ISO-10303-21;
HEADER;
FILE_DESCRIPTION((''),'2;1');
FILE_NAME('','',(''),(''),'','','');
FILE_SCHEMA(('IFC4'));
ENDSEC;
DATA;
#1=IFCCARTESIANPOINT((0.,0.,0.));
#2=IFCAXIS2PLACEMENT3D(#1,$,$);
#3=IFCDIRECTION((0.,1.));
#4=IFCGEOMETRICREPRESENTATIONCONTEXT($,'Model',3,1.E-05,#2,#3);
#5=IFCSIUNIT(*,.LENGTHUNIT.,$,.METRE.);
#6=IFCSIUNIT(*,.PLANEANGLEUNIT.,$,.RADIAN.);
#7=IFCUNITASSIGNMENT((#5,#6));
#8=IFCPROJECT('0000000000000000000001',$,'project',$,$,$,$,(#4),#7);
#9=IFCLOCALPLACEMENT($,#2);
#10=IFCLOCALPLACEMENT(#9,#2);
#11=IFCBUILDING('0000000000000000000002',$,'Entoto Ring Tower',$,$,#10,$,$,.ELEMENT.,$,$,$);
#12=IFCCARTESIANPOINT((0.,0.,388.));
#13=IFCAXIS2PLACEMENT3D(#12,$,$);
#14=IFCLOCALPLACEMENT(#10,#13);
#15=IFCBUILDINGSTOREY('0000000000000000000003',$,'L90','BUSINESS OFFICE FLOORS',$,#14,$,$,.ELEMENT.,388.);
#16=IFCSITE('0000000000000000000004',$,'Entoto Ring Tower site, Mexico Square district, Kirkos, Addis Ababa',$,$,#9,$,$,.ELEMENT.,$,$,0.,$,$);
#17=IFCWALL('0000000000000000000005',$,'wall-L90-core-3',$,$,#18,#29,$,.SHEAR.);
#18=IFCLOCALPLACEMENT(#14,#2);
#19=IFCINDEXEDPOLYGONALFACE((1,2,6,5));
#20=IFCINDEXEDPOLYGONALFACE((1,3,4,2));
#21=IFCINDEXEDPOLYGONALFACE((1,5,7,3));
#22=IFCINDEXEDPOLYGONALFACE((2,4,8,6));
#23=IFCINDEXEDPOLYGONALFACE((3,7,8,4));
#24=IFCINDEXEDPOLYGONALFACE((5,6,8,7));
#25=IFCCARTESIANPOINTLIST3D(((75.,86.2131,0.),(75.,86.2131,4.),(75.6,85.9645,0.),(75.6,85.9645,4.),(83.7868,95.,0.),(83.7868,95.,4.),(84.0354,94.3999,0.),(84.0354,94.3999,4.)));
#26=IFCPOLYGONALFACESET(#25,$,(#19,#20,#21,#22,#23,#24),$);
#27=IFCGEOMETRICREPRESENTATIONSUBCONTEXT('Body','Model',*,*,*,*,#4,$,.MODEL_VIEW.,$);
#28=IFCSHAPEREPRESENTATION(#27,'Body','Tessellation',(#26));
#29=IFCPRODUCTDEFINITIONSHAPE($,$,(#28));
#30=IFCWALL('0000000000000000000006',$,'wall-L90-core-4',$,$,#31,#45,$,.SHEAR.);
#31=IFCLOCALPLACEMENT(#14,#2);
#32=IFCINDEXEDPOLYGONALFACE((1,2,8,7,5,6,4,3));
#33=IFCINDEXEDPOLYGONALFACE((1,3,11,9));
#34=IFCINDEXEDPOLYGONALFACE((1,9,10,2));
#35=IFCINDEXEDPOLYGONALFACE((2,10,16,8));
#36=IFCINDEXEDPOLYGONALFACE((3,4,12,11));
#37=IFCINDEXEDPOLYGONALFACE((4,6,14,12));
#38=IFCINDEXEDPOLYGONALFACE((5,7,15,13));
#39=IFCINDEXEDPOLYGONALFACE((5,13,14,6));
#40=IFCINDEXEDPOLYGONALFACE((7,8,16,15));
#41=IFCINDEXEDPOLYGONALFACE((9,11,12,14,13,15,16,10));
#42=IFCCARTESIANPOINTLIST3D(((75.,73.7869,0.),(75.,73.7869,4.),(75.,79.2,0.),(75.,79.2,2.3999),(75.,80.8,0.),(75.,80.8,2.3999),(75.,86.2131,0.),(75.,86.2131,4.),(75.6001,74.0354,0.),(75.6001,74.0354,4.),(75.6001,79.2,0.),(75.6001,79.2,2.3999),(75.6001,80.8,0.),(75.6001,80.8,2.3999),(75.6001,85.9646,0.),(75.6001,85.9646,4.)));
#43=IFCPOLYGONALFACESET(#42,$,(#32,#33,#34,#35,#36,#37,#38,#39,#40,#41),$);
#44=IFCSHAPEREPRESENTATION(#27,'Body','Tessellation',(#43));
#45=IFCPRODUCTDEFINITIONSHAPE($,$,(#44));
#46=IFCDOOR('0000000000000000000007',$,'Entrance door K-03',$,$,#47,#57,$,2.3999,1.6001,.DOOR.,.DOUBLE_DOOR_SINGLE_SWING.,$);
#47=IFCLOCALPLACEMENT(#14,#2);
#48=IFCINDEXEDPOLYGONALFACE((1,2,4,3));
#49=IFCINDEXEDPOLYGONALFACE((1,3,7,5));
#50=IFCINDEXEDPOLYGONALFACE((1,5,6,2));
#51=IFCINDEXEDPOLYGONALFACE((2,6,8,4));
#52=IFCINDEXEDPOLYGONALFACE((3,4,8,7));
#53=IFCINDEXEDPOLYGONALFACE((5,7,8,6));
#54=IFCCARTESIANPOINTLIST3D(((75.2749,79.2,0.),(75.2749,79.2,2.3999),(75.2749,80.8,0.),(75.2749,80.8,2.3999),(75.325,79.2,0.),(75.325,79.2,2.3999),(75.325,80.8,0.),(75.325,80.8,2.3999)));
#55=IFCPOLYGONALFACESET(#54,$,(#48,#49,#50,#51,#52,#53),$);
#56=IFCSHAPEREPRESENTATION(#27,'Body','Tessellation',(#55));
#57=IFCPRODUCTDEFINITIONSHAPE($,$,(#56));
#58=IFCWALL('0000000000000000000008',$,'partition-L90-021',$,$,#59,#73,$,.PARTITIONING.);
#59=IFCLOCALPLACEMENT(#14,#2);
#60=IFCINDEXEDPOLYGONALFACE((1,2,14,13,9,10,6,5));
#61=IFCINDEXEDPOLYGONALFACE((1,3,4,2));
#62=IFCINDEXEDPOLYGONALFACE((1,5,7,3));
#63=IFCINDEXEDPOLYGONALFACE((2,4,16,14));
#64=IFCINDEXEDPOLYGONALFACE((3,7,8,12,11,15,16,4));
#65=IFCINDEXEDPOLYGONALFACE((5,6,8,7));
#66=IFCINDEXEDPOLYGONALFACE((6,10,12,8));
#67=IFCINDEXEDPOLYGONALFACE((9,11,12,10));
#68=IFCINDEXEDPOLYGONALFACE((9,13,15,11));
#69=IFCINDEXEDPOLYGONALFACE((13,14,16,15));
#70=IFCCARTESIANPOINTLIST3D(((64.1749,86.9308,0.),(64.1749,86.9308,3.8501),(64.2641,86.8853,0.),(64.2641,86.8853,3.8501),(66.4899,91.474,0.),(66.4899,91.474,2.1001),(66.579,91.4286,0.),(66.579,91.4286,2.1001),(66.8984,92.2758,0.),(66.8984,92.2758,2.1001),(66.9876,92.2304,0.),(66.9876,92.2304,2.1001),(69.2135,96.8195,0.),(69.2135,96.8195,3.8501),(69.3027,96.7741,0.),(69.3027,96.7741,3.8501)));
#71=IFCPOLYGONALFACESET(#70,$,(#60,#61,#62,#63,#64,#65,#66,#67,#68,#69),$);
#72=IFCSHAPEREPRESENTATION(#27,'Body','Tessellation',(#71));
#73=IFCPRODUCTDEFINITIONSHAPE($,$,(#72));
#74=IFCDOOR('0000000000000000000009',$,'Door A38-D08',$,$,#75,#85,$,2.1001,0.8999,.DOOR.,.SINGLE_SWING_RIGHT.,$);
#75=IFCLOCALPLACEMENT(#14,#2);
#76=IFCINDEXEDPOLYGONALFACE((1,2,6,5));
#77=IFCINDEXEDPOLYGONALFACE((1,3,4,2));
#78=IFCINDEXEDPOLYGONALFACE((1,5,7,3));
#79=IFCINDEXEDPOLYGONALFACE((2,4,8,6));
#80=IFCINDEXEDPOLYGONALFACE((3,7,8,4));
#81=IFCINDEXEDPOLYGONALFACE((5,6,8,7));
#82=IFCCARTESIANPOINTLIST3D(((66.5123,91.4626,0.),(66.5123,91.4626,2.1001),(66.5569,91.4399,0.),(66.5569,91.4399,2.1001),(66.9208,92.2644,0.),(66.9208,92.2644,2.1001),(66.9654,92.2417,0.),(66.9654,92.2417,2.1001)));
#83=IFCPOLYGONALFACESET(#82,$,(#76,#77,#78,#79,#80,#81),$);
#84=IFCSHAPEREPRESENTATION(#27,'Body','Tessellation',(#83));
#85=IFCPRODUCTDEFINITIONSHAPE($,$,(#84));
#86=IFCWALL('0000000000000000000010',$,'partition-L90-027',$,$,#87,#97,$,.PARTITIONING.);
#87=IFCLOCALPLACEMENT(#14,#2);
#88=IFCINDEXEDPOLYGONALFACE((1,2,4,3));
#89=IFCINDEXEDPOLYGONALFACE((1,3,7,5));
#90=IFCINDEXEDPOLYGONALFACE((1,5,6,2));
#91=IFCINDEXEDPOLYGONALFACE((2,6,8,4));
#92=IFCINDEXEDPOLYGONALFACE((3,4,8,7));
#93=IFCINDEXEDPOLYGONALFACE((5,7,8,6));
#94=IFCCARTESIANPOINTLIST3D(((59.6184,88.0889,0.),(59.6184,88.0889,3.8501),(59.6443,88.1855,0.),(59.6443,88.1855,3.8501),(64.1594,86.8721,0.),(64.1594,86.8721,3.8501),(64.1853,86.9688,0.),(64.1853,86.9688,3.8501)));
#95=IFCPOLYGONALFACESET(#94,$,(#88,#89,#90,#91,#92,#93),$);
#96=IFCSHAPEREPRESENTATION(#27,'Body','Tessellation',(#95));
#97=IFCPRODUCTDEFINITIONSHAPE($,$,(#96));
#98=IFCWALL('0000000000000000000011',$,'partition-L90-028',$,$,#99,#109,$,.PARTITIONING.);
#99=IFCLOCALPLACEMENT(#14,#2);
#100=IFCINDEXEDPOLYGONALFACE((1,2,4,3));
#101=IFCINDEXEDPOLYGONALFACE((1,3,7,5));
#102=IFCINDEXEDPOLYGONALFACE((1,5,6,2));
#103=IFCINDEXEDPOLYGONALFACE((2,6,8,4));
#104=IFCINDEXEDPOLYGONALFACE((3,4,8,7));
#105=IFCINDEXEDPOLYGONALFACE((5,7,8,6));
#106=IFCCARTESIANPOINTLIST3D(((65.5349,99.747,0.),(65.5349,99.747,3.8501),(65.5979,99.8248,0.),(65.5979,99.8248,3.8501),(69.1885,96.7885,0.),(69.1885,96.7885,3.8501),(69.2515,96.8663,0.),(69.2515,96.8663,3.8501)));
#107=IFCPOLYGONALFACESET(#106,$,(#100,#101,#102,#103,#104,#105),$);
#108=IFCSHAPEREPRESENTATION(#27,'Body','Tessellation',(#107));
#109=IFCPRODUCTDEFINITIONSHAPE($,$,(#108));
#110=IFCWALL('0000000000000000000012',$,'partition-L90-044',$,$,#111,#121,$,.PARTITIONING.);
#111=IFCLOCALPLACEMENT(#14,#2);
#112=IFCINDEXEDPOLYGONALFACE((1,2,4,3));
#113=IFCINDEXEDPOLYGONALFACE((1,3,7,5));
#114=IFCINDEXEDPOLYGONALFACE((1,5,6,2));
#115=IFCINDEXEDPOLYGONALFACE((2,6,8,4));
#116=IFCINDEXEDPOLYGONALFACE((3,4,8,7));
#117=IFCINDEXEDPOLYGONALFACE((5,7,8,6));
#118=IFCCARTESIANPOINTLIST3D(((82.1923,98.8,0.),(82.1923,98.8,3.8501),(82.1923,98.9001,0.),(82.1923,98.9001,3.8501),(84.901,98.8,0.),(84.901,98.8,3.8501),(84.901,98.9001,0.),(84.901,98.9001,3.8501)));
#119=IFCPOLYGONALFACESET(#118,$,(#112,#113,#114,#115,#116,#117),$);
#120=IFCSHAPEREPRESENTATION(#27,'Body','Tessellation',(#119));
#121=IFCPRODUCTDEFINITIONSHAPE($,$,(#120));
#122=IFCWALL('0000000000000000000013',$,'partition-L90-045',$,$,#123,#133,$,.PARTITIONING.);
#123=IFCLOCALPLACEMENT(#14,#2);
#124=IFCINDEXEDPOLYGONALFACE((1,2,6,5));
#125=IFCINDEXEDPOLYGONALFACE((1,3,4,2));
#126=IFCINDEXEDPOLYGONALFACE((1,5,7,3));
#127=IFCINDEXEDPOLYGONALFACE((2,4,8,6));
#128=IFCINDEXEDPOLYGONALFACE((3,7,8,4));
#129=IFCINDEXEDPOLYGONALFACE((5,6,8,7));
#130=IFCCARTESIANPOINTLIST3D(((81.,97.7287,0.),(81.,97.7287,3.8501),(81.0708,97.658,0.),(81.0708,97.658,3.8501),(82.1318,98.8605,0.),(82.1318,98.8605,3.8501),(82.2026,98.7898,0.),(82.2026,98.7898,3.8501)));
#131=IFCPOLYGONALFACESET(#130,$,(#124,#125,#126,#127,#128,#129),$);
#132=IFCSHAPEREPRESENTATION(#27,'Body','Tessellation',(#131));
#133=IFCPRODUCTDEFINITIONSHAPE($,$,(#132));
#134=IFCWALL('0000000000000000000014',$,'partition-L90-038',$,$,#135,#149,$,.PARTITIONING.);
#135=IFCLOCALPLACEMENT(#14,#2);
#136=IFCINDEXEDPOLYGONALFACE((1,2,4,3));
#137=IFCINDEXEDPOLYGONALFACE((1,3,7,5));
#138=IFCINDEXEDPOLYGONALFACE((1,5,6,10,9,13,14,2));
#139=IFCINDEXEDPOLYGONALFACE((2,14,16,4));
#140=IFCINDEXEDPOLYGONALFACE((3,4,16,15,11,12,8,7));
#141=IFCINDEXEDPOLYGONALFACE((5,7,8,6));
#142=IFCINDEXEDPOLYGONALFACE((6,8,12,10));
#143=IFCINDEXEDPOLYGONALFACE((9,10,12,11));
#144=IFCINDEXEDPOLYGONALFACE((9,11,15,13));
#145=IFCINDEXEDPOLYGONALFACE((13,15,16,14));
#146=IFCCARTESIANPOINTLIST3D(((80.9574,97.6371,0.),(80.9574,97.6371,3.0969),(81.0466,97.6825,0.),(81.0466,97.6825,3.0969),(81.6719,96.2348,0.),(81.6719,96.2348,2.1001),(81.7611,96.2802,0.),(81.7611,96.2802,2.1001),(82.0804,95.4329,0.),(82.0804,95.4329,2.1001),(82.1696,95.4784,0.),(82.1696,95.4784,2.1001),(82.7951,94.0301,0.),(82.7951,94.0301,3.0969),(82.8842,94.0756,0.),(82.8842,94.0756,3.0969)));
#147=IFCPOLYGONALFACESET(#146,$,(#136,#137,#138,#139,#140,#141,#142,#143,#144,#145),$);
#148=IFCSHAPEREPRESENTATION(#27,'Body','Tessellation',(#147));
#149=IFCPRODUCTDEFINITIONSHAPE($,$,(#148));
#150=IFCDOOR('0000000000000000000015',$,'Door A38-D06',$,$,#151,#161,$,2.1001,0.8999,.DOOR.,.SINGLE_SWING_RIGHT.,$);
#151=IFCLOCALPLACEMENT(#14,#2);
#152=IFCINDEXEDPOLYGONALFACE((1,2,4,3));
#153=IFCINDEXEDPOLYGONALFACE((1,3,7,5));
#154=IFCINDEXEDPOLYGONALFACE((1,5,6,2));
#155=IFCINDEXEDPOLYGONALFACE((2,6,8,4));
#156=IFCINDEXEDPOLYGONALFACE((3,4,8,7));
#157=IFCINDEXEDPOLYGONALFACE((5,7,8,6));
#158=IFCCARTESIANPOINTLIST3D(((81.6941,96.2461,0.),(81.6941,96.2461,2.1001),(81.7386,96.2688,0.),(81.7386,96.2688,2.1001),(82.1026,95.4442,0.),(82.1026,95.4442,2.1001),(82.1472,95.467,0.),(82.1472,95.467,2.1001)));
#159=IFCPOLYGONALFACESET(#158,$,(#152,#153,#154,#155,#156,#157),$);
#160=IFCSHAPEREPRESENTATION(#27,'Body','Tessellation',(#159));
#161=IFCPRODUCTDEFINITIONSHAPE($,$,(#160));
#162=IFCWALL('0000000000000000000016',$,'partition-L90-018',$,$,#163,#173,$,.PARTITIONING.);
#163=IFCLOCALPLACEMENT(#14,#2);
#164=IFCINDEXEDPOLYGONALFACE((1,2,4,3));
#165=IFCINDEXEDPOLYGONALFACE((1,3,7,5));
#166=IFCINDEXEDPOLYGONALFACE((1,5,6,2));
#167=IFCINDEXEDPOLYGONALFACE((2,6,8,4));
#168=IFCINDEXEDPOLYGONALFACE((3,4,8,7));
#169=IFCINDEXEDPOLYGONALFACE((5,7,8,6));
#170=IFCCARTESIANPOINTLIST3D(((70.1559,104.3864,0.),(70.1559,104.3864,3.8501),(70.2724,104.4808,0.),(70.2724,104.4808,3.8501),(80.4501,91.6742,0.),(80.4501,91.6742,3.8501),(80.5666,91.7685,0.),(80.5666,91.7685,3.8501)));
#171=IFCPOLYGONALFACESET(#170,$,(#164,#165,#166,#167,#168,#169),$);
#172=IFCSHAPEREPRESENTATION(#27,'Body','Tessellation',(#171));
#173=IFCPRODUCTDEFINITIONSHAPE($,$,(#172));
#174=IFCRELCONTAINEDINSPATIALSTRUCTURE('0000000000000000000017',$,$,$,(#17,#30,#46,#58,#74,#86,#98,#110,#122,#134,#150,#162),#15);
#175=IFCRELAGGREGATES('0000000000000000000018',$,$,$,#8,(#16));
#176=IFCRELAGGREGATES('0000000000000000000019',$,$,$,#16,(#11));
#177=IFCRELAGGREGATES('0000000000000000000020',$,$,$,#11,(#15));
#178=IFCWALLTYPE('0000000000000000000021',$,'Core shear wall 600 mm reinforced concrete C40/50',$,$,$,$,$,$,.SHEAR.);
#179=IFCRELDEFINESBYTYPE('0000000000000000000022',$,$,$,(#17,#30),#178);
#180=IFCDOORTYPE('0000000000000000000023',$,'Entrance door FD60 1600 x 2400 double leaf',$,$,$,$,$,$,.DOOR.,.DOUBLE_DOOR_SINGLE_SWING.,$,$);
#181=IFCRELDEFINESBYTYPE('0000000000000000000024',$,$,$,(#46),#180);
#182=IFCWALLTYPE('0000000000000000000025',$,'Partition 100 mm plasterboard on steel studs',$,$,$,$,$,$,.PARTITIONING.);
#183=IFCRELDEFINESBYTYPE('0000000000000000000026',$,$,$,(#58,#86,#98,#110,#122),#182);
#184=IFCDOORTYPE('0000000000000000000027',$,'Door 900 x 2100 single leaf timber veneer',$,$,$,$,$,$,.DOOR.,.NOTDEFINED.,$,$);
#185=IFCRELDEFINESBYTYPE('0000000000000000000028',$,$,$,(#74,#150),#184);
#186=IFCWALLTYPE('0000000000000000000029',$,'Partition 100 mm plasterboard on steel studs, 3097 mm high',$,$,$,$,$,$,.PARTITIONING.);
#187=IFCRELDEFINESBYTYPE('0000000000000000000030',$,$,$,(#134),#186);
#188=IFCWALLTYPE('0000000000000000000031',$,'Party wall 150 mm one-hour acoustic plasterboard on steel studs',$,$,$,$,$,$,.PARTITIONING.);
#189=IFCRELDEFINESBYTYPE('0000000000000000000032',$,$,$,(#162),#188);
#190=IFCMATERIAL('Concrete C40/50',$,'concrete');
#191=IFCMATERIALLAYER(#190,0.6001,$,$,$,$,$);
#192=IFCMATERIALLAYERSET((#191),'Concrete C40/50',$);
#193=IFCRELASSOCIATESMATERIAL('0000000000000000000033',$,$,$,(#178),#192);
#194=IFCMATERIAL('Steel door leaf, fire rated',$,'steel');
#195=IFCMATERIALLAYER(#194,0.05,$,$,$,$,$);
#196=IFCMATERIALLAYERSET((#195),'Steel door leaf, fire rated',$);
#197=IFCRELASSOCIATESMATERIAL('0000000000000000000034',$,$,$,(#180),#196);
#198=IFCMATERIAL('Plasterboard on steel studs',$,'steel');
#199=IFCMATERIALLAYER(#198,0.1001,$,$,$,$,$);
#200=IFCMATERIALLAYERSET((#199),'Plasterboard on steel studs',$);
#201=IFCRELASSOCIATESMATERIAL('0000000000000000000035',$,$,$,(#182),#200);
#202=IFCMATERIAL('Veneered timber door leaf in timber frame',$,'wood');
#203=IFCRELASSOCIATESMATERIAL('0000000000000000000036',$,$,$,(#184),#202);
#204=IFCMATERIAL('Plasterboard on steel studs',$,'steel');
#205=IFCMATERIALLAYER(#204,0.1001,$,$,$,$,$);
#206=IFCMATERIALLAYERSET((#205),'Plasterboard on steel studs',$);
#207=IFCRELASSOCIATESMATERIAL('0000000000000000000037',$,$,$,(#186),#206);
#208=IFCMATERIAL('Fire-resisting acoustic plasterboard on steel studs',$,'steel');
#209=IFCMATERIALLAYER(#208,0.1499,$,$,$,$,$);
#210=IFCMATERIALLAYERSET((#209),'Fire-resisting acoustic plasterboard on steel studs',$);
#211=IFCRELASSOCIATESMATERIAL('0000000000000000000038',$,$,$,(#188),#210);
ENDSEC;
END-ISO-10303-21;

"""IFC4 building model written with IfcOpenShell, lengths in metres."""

from ifc_helpers import new_model, si_unit, direction, frame, frame_2d, origin, place, context, subcontext, project, spatial, polyline, rectangle, outline, extrude, material, layer, layer_set, type_object, element, fill, save


model = new_model("IFC4")

# Units and contexts
model_context = context("Model", 3, precision=1e-05, world=origin(), true_north=direction((0.0, 1.0)))
body_context = subcontext(model_context, "Body", "Model", "MODEL_VIEW")
ifc_project = project(units=[si_unit("LENGTHUNIT", "METRE"), si_unit("PLANEANGLEUNIT", "RADIAN")], contexts=[model_context])

# Site, building, storey
site_placement = place(None, origin())
site = spatial("IfcSite", under=ifc_project, at=site_placement, Name="Entoto Ring Tower site, Mexico Square district, Kirkos, Addis Ababa", CompositionType="ELEMENT", RefElevation=0.0)
building_placement = place(site_placement, origin())
building = spatial("IfcBuilding", under=site, at=building_placement, Name="Entoto Ring Tower", CompositionType="ELEMENT")
storey_placement = place(building_placement, frame((0.0, 0.0, 388.0)))
storey = spatial("IfcBuildingStorey", under=building, at=storey_placement, Name="L90", Description="BUSINESS OFFICE FLOORS", CompositionType="ELEMENT", Elevation=388.0)

# Wall
ifc_material_1 = material(Name="Concrete C40/50", Category="concrete")
ifc_layer_1 = layer(ifc_material_1, 0.6001)
ifc_layer_set_1 = layer_set([ifc_layer_1], Name="Concrete C40/50")
wall_type_1 = type_object("IfcWallType", Name="Core shear wall 600 mm reinforced concrete C40/50", PredefinedType="SHEAR", material=ifc_layer_set_1)
wall_1_placement = place(storey_placement, frame((83.9111, 94.7, 0.0), z_axis=(0.0, 0.0, 1.0), x_axis=(-0.707107, -0.707107, 0.0)))
element("IfcWall", 1, at=wall_1_placement, inside=storey, type_object=wall_type_1, Name="wall-L90-core-3", PredefinedType="SHEAR", context=body_context, shape_type="SweptSolid", body=[
    extrude(outline(polyline([(-0.1243, -0.3), (12.3022, -0.3), (12.0537, 0.3), (0.1243, 0.3), (-0.1243, -0.3)])), origin(), (0.0, 0.0, 1.0), 4.0),
])

# Walls, openings, doors
wall_2_placement = place(storey_placement, frame((75.3, 86.0889, 0.0), z_axis=(0.0, 0.0, 1.0), x_axis=(0.0, -1.0, 0.0)))
wall_2 = element("IfcWall", 2, at=wall_2_placement, inside=storey, type_object=wall_type_1, Name="wall-L90-core-4", PredefinedType="SHEAR", context=body_context, shape_type="SweptSolid", body=[
    extrude(outline(polyline([(-0.1243, -0.3), (12.302, -0.3), (12.0535, 0.3), (0.1243, 0.3), (-0.1243, -0.3)])), origin(), (0.0, 0.0, 1.0), 4.0),
])
opening_1_placement = place(wall_2_placement, frame((5.2888, 0.0, 0.0)))
opening_1 = element("IfcOpeningElement", 3, at=opening_1_placement, cuts=wall_2, PredefinedType="OPENING", context=body_context, shape_type="SweptSolid", body=[
    extrude(rectangle(XDim=1.6001, YDim=2.3999, at=frame_2d((0.8, 1.2))), frame((0.0, 0.3101, 0.0), z_axis=(0.0, -1.0, 0.0), x_axis=(1.0, 0.0, 0.0)), (0.0, 0.0, 1.0), 0.6201),
])
ifc_material_2 = material(Name="Steel door leaf, fire rated", Category="steel")
ifc_layer_2 = layer(ifc_material_2, 0.05)
ifc_layer_set_2 = layer_set([ifc_layer_2], Name="Steel door leaf, fire rated")
door_type_1 = type_object("IfcDoorType", Name="Entrance door FD60 1600 x 2400 double leaf", OperationType="DOUBLE_DOOR_SINGLE_SWING", PredefinedType="DOOR", material=ifc_layer_set_2)
door_1_placement = place(opening_1_placement, origin())
door_1 = element("IfcDoor", 4, at=door_1_placement, inside=storey, type_object=door_type_1, Name="Entrance door K-03", OperationType="DOUBLE_DOOR_SINGLE_SWING", OverallHeight=2.3999, OverallWidth=1.6001, PredefinedType="DOOR", context=body_context, shape_type="SweptSolid", body=[
    extrude(rectangle(XDim=1.6001, YDim=2.3999, at=frame_2d((0.8, 1.2))), frame((0.0, 0.0249, 0.0), z_axis=(0.0, -1.0, 0.0), x_axis=(1.0, 0.0, 0.0)), (0.0, 0.0, 1.0), 0.05),
])
fill(opening_1, door_1)
ifc_material_3 = material(Name="Plasterboard on steel studs", Category="steel")
ifc_layer_3 = layer(ifc_material_3, 0.1001)
ifc_layer_set_3 = layer_set([ifc_layer_3], Name="Plasterboard on steel studs")
wall_type_2 = type_object("IfcWallType", Name="Partition 100 mm plasterboard on steel studs", PredefinedType="PARTITIONING", material=ifc_layer_set_3)
wall_3_placement = place(storey_placement, frame((64.2195, 86.908, 0.0), z_axis=(0.0, 0.0, 1.0), x_axis=(0.453994, 0.891005, 0.0)))
wall_3 = element("IfcWall", 5, at=wall_3_placement, inside=storey, type_object=wall_type_2, Name="partition-L90-021", PredefinedType="PARTITIONING", context=body_context, shape_type="SweptSolid", body=[
    extrude(rectangle(XDim=11.0984, YDim=0.1001, at=frame_2d((5.5493, 0.0))), origin(), (0.0, 0.0, 1.0), 3.8501),
])
opening_2_placement = place(wall_3_placement, frame((5.0991, 0.0, 0.0)))
opening_2 = element("IfcOpeningElement", 6, at=opening_2_placement, cuts=wall_3, PredefinedType="OPENING", context=body_context, shape_type="SweptSolid", body=[
    extrude(rectangle(XDim=0.8999, YDim=2.1001, at=frame_2d((0.45, 1.05))), frame((0.0, 0.0601, 0.0), z_axis=(0.0, -1.0, 0.0), x_axis=(1.0, 0.0, 0.0)), (0.0, 0.0, 1.0), 0.1201),
])
ifc_material_4 = material(Name="Veneered timber door leaf in timber frame", Category="wood")
door_type_2 = type_object("IfcDoorType", Name="Door 900 x 2100 single leaf timber veneer", OperationType="NOTDEFINED", PredefinedType="DOOR", material=ifc_material_4)
door_2_placement = place(opening_2_placement, origin())
door_2 = element("IfcDoor", 7, at=door_2_placement, inside=storey, type_object=door_type_2, Name="Door A38-D08", OperationType="SINGLE_SWING_RIGHT", OverallHeight=2.1001, OverallWidth=0.8999, PredefinedType="DOOR", context=body_context, shape_type="SweptSolid", body=[
    extrude(rectangle(XDim=0.8999, YDim=2.1001, at=frame_2d((0.45, 1.05))), frame((0.0, 0.0249, 0.0), z_axis=(0.0, -1.0, 0.0), x_axis=(1.0, 0.0, 0.0)), (0.0, 0.0, 1.0), 0.05),
])
fill(opening_2, door_2)

# Walls
for number, where, z_axis, x_axis, name in (
    (8, (64.1724, 86.9204, 0.0), (0.0, 0.0, 1.0), (-0.965924, 0.258826, 0.0), "partition-L90-027"),
    (9, (69.22, 96.8274, 0.0), (0.0, 0.0, 1.0), (-0.777157, 0.629307, 0.0), "partition-L90-028"),
):
    element("IfcWall", number, at=place(storey_placement, frame(where, z_axis=z_axis, x_axis=x_axis)), inside=storey, type_object=wall_type_2, Name=name, PredefinedType="PARTITIONING", context=body_context, shape_type="SweptSolid", body=[
        extrude(rectangle(XDim=4.7012, YDim=0.1001, at=frame_2d((2.3506, 0.0))), origin(), (0.0, 0.0, 1.0), 3.8501),
    ])
wall_4_placement = place(storey_placement, frame((82.1921, 98.8501, 0.0), z_axis=(0.0, 0.0, 1.0), x_axis=(1.0, 0.0, 0.0)))
element("IfcWall", 10, at=wall_4_placement, inside=storey, type_object=wall_type_2, Name="partition-L90-044", PredefinedType="PARTITIONING", context=body_context, shape_type="SweptSolid", body=[
    extrude(rectangle(XDim=2.7087, YDim=0.1001, at=frame_2d((1.3545, 0.0))), origin(), (0.0, 0.0, 1.0), 3.8501),
])
wall_5_placement = place(storey_placement, frame((81.0354, 97.6934, 0.0), z_axis=(0.0, 0.0, 1.0), x_axis=(0.707107, 0.707107, 0.0)))
element("IfcWall", 11, at=wall_5_placement, inside=storey, type_object=wall_type_2, Name="partition-L90-045", PredefinedType="PARTITIONING", context=body_context, shape_type="SweptSolid", body=[
    extrude(rectangle(XDim=1.6006, YDim=0.1001, at=frame_2d((0.8003, 0.0))), origin(), (0.0, 0.0, 1.0), 3.8501),
])

# Wall, opening, door
ifc_material_5 = material(Name="Plasterboard on steel studs", Category="steel")
ifc_layer_4 = layer(ifc_material_5, 0.1001)
ifc_layer_set_4 = layer_set([ifc_layer_4], Name="Plasterboard on steel studs")
wall_type_3 = type_object("IfcWallType", Name="Partition 100 mm plasterboard on steel studs, 3097 mm high", PredefinedType="PARTITIONING", material=ifc_layer_set_4)
wall_6_placement = place(storey_placement, frame((82.8396, 94.053, 0.0), z_axis=(0.0, 0.0, 1.0), x_axis=(-0.453956, 0.891024, 0.0)))
wall_6 = element("IfcWall", 12, at=wall_6_placement, inside=storey, type_object=wall_type_3, Name="partition-L90-038", PredefinedType="PARTITIONING", context=body_context, shape_type="SweptSolid", body=[
    extrude(rectangle(XDim=4.0481, YDim=0.1001, at=frame_2d((2.0239, 0.0))), origin(), (0.0, 0.0, 1.0), 3.0969),
])
opening_3_placement = place(wall_6_placement, frame((1.5742, 0.0, 0.0)))
opening_3 = element("IfcOpeningElement", 13, at=opening_3_placement, cuts=wall_6, PredefinedType="OPENING", context=body_context, shape_type="SweptSolid", body=[
    extrude(rectangle(XDim=0.8999, YDim=2.1001, at=frame_2d((0.45, 1.05))), frame((0.0, 0.0601, 0.0), z_axis=(0.0, -1.0, 0.0), x_axis=(1.0, 0.0, 0.0)), (0.0, 0.0, 1.0), 0.1201),
])
door_3_placement = place(opening_3_placement, frame((0.8999, 0.0, 0.0), z_axis=(0.0, 0.0, 1.0), x_axis=(-1.0, 0.0, 0.0)))
door_3 = element("IfcDoor", 14, at=door_3_placement, inside=storey, type_object=door_type_2, Name="Door A38-D06", OperationType="SINGLE_SWING_RIGHT", OverallHeight=2.1001, OverallWidth=0.8999, PredefinedType="DOOR", context=body_context, shape_type="SweptSolid", body=[
    extrude(rectangle(XDim=0.8999, YDim=2.1001, at=frame_2d((0.45, 1.05))), frame((0.0, 0.0249, 0.0), z_axis=(0.0, -1.0, 0.0), x_axis=(1.0, 0.0, 0.0)), (0.0, 0.0, 1.0), 0.05),
])
fill(opening_3, door_3)

# Wall
ifc_material_6 = material(Name="Fire-resisting acoustic plasterboard on steel studs", Category="steel")
ifc_layer_5 = layer(ifc_material_6, 0.1499)
ifc_layer_set_5 = layer_set([ifc_layer_5], Name="Fire-resisting acoustic plasterboard on steel studs")
wall_type_4 = type_object("IfcWallType", Name="Party wall 150 mm one-hour acoustic plasterboard on steel studs", PredefinedType="PARTITIONING", material=ifc_layer_set_5)
wall_7_placement = place(storey_placement, frame((80.5083, 91.7214, 0.0), z_axis=(0.0, 0.0, 1.0), x_axis=(-0.629324, 0.777143, 0.0)))
element("IfcWall", 15, at=wall_7_placement, inside=storey, type_object=wall_type_4, Name="partition-L90-018", PredefinedType="PARTITIONING", context=body_context, shape_type="SweptSolid", body=[
    extrude(rectangle(XDim=16.3577, YDim=0.1499, at=frame_2d((8.1787, 0.0))), origin(), (0.0, 0.0, 1.0), 3.8501),
])

save(model, "model.ifc")
